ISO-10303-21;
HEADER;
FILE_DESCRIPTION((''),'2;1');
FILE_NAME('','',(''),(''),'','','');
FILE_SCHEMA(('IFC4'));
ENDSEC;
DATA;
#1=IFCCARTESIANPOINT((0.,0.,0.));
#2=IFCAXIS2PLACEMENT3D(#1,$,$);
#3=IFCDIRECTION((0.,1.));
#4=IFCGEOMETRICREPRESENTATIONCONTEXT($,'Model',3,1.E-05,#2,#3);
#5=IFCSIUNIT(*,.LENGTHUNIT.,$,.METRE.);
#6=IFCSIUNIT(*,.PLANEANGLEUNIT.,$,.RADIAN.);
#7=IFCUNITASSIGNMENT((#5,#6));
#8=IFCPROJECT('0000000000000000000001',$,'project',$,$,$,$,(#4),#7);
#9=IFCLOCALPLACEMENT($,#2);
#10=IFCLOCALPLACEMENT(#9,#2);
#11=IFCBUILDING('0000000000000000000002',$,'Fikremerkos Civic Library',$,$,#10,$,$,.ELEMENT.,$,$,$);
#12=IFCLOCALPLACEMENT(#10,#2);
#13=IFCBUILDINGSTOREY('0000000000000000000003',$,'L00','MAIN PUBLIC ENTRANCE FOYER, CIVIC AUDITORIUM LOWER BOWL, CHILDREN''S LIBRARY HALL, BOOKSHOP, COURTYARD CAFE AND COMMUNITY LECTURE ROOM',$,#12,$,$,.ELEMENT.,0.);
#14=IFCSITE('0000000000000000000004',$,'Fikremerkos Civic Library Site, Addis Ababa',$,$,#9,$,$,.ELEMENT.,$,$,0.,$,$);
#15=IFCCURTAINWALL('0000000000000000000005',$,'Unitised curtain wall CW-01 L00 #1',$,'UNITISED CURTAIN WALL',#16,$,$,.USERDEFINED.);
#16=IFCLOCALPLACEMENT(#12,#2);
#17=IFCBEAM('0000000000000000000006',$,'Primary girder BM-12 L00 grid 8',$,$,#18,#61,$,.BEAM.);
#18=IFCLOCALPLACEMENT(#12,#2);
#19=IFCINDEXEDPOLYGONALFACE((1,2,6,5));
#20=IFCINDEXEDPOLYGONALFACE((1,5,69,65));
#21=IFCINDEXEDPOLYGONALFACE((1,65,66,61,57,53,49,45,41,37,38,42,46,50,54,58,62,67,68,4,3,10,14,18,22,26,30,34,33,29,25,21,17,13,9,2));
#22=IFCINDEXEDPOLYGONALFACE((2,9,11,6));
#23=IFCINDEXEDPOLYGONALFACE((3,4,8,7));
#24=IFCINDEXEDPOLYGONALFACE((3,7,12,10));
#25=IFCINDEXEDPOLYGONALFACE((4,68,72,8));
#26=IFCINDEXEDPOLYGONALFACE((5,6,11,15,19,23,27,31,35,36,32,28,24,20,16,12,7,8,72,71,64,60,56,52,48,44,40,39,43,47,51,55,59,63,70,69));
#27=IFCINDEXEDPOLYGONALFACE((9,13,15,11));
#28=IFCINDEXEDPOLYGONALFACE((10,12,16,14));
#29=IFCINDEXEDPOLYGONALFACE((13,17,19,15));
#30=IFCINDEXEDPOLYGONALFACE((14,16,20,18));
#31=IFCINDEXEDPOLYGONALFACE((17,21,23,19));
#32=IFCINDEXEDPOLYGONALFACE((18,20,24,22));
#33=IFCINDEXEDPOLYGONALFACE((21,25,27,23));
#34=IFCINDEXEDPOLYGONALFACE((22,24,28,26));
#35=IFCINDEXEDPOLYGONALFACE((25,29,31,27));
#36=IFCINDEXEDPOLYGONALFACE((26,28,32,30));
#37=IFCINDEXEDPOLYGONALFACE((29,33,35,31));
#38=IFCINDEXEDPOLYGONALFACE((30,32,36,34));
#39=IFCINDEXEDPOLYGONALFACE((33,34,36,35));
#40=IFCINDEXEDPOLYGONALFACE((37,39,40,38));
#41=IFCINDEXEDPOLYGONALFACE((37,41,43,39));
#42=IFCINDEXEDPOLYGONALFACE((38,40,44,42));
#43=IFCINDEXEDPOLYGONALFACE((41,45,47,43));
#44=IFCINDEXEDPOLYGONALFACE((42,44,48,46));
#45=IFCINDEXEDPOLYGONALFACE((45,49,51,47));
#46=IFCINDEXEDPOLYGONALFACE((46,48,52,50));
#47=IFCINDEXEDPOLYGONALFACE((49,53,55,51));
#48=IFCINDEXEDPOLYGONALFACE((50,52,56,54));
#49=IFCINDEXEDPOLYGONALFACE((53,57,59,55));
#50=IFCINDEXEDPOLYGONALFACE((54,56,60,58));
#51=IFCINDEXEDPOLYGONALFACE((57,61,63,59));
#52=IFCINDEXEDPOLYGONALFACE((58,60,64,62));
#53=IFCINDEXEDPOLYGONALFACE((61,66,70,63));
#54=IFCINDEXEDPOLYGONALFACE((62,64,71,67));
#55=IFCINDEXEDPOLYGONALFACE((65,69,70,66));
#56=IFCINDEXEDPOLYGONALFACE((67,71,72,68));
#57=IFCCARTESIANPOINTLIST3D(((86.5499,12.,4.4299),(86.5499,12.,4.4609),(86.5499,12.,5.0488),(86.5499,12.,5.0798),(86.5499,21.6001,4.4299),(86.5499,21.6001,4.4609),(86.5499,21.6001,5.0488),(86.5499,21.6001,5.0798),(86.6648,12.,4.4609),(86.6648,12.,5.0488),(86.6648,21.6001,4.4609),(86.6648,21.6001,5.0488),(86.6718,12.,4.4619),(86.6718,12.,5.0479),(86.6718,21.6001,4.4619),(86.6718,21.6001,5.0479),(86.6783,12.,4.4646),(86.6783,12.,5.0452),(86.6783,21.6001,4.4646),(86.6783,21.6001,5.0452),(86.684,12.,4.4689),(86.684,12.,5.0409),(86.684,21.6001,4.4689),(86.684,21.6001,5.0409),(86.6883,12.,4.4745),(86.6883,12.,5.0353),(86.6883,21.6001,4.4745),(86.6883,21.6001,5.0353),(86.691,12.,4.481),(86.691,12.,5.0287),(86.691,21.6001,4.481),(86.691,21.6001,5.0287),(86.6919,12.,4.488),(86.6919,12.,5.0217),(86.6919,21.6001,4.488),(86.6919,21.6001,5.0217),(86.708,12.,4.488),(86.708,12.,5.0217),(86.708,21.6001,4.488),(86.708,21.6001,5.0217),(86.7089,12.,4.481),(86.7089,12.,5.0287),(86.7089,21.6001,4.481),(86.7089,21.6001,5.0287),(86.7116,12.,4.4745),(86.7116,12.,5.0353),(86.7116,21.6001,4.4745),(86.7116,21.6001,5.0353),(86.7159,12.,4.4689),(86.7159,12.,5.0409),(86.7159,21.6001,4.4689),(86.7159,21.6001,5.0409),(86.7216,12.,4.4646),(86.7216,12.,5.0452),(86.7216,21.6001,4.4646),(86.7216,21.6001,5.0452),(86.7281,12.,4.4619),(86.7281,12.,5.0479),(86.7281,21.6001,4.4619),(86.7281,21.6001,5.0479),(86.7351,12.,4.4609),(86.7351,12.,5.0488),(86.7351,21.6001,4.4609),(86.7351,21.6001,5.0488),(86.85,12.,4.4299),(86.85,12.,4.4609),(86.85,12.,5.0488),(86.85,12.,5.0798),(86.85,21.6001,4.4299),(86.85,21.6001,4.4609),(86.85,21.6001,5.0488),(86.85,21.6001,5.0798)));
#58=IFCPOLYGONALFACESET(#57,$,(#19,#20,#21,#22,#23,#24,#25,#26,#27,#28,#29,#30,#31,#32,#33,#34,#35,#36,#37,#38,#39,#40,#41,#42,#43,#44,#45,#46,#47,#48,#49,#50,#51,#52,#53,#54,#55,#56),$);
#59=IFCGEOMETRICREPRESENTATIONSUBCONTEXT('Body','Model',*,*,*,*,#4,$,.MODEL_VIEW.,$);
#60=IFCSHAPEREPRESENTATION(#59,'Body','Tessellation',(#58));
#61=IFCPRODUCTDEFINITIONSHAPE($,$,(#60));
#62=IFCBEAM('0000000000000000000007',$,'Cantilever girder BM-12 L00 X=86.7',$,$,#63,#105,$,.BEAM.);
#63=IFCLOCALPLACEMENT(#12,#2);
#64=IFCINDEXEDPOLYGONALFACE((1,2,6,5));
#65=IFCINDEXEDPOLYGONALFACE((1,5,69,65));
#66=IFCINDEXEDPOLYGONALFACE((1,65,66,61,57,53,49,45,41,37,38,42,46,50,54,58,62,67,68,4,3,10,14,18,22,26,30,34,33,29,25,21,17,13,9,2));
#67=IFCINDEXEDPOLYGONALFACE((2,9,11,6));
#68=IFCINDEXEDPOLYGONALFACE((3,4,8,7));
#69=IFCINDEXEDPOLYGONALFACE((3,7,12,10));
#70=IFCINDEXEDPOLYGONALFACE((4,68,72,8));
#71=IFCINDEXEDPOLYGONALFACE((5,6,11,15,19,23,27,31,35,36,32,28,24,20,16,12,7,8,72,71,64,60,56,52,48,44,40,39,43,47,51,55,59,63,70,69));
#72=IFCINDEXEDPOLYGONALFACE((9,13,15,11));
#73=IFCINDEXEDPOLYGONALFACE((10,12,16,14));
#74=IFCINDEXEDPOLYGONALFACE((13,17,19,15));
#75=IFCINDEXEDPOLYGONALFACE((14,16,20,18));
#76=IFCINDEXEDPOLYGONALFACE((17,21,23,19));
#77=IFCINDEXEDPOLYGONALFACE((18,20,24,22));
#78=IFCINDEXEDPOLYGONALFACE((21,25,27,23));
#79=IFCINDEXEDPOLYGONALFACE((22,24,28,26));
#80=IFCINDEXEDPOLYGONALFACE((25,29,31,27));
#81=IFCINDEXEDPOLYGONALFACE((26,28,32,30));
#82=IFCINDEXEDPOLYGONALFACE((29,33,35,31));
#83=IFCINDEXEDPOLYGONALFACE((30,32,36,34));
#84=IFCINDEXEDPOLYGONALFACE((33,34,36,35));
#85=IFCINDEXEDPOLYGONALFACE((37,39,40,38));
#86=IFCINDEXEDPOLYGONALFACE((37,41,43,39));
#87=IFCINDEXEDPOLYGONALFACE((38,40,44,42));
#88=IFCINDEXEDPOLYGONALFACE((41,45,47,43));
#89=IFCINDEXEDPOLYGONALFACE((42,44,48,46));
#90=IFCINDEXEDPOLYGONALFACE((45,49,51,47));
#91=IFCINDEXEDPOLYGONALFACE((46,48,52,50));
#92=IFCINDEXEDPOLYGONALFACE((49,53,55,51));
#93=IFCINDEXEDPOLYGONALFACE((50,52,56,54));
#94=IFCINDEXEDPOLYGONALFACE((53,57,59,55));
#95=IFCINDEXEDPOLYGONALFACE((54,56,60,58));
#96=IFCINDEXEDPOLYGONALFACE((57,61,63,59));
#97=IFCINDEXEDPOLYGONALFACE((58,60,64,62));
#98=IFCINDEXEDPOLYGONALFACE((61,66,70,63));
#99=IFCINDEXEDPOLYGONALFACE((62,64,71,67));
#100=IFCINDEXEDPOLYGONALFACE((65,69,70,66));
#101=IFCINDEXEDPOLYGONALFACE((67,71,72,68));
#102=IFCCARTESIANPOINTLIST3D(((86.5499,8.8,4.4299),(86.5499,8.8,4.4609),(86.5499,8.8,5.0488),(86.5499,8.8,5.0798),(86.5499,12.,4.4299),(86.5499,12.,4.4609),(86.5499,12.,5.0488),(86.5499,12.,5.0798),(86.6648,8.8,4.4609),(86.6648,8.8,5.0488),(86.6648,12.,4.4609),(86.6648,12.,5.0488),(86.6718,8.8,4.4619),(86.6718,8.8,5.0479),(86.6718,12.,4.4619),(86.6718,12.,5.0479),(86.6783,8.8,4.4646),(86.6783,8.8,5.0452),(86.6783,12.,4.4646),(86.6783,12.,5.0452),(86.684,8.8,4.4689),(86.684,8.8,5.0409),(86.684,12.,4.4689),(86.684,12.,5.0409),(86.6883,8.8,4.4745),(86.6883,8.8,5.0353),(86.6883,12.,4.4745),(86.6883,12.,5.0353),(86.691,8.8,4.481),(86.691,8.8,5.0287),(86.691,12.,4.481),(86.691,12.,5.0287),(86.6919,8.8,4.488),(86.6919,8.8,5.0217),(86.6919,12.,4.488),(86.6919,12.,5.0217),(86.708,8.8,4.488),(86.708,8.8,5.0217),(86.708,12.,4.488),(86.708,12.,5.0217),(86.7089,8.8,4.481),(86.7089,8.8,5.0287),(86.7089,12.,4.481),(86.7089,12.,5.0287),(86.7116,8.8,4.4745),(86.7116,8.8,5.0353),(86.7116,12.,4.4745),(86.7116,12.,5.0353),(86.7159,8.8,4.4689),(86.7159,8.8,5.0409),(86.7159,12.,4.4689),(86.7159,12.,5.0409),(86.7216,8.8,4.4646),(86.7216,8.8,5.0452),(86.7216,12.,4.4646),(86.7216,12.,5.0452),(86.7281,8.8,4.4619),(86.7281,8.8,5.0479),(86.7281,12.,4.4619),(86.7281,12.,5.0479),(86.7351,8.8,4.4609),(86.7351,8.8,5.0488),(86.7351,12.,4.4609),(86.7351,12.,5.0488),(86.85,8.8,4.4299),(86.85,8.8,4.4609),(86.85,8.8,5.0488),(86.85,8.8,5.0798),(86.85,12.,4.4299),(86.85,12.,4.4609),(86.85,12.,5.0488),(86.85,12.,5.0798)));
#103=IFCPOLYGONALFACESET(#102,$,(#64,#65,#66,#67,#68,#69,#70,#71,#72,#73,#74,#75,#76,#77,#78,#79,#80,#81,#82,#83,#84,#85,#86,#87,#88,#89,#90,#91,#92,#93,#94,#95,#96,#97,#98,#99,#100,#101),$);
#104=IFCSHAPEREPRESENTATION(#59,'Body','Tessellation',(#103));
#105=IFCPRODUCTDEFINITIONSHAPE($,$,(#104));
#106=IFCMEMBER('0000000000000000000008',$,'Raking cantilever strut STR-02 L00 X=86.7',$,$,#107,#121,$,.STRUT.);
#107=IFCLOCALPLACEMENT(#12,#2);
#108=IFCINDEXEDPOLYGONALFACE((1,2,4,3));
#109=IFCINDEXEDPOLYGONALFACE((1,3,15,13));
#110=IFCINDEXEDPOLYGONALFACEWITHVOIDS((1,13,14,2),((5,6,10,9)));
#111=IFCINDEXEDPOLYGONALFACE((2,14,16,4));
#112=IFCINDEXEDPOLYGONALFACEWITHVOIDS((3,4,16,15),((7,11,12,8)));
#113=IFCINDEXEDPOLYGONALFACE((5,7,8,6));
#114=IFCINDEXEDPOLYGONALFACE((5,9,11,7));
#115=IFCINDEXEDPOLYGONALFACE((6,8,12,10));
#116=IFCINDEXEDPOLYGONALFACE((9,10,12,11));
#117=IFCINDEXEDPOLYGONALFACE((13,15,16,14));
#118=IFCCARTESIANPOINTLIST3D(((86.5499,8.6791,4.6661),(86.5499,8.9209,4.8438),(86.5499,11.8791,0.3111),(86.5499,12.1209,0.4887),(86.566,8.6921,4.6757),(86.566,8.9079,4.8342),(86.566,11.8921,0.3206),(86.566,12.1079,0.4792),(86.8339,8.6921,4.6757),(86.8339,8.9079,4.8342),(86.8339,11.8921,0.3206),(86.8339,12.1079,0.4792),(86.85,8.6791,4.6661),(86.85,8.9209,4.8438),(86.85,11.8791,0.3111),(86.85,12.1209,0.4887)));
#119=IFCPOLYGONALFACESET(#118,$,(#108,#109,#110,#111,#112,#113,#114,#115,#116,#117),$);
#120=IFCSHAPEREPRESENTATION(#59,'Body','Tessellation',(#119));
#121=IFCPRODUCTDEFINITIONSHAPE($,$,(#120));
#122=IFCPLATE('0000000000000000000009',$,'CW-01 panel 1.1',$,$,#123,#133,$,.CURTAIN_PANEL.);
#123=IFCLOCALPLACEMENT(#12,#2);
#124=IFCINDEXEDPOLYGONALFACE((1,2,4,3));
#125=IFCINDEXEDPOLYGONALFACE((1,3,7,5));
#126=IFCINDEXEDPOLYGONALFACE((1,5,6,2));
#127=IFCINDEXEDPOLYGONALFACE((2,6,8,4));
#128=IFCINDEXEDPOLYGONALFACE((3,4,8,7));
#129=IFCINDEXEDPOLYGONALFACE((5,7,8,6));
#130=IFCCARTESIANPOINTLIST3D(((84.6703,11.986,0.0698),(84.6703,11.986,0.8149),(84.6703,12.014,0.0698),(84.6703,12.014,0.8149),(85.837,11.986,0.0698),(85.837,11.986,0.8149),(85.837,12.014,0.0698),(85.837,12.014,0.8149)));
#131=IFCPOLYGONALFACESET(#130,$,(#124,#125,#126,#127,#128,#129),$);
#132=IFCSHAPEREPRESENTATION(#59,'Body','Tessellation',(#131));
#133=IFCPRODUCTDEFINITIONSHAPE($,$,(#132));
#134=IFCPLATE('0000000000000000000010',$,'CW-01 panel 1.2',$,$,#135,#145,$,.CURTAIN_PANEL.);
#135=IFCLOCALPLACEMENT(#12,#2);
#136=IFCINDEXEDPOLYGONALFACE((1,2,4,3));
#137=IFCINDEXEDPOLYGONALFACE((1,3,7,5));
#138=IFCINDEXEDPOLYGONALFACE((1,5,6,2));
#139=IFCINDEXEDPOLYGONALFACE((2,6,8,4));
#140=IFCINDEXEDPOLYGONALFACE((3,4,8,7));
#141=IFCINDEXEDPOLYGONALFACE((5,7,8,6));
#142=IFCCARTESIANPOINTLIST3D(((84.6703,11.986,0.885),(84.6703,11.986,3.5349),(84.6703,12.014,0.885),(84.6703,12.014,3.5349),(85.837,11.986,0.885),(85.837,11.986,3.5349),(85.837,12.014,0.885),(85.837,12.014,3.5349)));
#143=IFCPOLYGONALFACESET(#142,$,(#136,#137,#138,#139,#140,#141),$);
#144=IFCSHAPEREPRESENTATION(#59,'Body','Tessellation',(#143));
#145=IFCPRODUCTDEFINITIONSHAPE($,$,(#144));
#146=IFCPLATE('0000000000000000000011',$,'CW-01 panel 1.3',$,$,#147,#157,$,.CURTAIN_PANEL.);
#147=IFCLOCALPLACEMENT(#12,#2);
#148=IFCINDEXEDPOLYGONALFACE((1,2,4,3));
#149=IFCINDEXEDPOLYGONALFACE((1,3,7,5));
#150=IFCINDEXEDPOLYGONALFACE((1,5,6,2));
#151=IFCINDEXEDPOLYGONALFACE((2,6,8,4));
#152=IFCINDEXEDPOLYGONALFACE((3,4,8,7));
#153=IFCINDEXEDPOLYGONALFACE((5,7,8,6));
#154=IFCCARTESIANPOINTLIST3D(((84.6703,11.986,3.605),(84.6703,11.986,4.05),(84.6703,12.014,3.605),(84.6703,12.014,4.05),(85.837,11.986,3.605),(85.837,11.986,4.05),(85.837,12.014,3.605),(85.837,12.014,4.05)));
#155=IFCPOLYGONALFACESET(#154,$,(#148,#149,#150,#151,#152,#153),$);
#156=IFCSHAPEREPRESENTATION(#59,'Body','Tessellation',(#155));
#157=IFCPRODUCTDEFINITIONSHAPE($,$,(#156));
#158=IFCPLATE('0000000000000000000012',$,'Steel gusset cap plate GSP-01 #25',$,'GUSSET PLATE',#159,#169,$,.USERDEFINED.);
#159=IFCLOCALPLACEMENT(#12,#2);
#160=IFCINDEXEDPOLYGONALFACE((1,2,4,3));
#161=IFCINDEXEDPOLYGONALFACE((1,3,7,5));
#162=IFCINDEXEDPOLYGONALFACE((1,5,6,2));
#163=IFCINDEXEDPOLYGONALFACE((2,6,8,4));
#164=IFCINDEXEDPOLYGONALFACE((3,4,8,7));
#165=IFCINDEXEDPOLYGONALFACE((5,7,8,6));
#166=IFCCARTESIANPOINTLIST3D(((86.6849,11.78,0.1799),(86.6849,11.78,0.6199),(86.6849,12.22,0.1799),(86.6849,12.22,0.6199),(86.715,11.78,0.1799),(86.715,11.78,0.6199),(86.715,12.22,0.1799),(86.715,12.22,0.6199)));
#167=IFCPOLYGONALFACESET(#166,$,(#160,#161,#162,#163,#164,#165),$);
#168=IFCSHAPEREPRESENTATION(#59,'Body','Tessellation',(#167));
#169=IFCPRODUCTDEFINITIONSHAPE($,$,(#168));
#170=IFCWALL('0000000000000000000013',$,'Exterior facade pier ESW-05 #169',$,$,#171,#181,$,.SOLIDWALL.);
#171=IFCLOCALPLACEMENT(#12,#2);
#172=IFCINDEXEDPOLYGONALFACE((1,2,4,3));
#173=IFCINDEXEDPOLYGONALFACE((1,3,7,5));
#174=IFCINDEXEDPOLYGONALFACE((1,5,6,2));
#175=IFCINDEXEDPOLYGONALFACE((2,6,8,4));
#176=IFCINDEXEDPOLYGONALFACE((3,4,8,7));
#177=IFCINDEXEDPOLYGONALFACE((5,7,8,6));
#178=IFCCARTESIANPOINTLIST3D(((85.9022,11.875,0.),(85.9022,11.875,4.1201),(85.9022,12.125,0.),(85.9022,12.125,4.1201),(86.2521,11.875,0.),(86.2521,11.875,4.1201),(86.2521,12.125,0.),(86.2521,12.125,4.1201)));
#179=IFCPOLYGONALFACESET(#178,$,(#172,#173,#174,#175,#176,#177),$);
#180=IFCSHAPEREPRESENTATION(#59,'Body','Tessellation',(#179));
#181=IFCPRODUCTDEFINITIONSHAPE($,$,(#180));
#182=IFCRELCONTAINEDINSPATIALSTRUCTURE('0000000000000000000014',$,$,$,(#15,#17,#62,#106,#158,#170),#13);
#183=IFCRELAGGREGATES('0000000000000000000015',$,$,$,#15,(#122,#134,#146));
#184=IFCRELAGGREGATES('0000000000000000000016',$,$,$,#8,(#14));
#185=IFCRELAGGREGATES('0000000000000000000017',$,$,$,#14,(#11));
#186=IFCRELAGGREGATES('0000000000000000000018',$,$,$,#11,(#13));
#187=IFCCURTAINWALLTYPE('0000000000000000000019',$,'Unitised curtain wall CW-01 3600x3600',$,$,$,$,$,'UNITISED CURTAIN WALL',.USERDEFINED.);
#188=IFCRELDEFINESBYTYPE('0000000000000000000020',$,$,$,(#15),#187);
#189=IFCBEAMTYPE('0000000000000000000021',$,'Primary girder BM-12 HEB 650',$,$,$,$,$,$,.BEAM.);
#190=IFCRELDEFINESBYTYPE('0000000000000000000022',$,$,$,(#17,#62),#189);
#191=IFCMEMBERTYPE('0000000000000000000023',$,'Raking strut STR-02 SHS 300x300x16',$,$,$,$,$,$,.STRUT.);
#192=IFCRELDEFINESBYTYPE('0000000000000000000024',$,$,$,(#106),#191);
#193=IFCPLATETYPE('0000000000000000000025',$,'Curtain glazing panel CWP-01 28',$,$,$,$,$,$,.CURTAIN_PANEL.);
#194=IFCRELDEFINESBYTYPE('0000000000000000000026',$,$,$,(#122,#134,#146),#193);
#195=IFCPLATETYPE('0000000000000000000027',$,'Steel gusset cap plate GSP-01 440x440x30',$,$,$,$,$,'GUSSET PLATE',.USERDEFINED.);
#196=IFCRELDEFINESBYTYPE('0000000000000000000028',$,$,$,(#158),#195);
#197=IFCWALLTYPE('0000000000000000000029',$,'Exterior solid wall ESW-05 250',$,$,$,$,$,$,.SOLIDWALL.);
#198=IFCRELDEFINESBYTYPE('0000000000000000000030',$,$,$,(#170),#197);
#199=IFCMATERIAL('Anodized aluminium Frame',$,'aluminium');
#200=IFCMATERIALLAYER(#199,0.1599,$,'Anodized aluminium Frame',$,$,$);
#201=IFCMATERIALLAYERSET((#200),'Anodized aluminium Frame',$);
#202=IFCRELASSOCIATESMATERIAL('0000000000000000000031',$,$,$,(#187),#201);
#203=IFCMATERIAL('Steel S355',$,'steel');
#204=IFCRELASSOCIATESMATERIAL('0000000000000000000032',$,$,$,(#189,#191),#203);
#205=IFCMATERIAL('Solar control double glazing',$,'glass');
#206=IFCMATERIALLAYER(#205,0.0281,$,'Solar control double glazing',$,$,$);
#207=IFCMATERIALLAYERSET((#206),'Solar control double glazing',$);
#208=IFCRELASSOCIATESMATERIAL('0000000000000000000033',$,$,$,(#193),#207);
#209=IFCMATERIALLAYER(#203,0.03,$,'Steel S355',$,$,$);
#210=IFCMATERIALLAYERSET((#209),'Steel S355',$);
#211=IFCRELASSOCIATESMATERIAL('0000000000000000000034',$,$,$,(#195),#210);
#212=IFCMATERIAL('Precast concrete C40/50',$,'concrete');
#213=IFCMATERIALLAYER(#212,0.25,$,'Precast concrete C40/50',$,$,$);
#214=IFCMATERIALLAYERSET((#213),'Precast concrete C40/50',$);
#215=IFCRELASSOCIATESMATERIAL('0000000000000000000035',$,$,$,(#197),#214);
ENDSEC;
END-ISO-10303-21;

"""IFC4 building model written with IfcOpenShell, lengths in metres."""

from ifc_helpers import new_model, si_unit, direction, frame, frame_2d, origin, origin_2d, place, context, subcontext, project, spatial, rectangle, hollow_rectangle, i_section, extrude, material, layer, layer_set, material_profile, profile_set, type_object, element, aggregate, save


model = new_model("IFC4")

# Units and contexts
model_context = context("Model", 3, precision=1e-05, world=origin(), true_north=direction((0.0, 1.0)))
body_context = subcontext(model_context, "Body", "Model", "MODEL_VIEW")
ifc_project = project(units=[si_unit("LENGTHUNIT", "METRE"), si_unit("PLANEANGLEUNIT", "RADIAN")], contexts=[model_context])

# Site, building, storey
site_placement = place(None, origin())
site = spatial("IfcSite", under=ifc_project, at=site_placement, Name="Fikremerkos Civic Library Site, Addis Ababa", CompositionType="ELEMENT", RefElevation=0.0)
building_placement = place(site_placement, origin())
building = spatial("IfcBuilding", under=site, at=building_placement, Name="Fikremerkos Civic Library", CompositionType="ELEMENT")
storey_placement = place(building_placement, origin())
storey = spatial("IfcBuildingStorey", under=building, at=storey_placement, Name="L00", Description="MAIN PUBLIC ENTRANCE FOYER, CIVIC AUDITORIUM LOWER BOWL, CHILDREN'S LIBRARY HALL, BOOKSHOP, COURTYARD CAFE AND COMMUNITY LECTURE ROOM", CompositionType="ELEMENT", Elevation=0.0)

# Curtain wall
ifc_material_1 = material(Name="Anodized aluminium Frame", Category="aluminium")
ifc_layer_1 = layer(ifc_material_1, 0.1599, Name="Anodized aluminium Frame")
ifc_layer_set_1 = layer_set([ifc_layer_1], Name="Anodized aluminium Frame")
curtain_wall_type = type_object("IfcCurtainWallType", Name="Unitised curtain wall CW-01 3600x3600", ElementType="UNITISED CURTAIN WALL", PredefinedType="USERDEFINED", material=ifc_layer_set_1)
curtain_wall_placement = place(storey_placement, origin())
curtain_wall = element("IfcCurtainWall", 1, at=curtain_wall_placement, inside=storey, type_object=curtain_wall_type, Name="Unitised curtain wall CW-01 L00 #1", ObjectType="UNITISED CURTAIN WALL", PredefinedType="USERDEFINED")

# Beams
ifc_material_2 = material(Name="Steel S355", Category="steel")
ifc_material_profile_1 = material_profile(ifc_material_2, i_section(OverallWidth=0.3, OverallDepth=0.6499, WebThickness=0.0161, FlangeThickness=0.031, FilletRadius=0.0271, at=origin_2d()), Name="HEB 650")
ifc_profile_set_1 = profile_set([ifc_material_profile_1], Name="Steel S355")
beam_type_1 = type_object("IfcBeamType", Name="Primary girder BM-12 HEB 650", PredefinedType="BEAM", material=ifc_profile_set_1)
beam_1_placement = place(storey_placement, frame((86.7, 12.0, 4.7549), z_axis=(0.0, 1.0, 0.0), x_axis=(-1.0, 0.0, 0.0)))
element("IfcBeam", 2, at=beam_1_placement, inside=storey, type_object=beam_type_1, Name="Primary girder BM-12 L00 grid 8", PredefinedType="BEAM", context=body_context, shape_type="SweptSolid", body=[
    extrude(i_section(OverallWidth=0.3, OverallDepth=0.6499, WebThickness=0.0161, FlangeThickness=0.031, FilletRadius=0.0271, at=origin_2d()), origin(), (0.0, 0.0, 1.0), 9.6001),
])
beam_2_placement = place(storey_placement, frame((86.7, 12.0, 4.7549), z_axis=(0.0, -1.0, 0.0), x_axis=(1.0, 0.0, 0.0)))
element("IfcBeam", 3, at=beam_2_placement, inside=storey, type_object=beam_type_1, Name="Cantilever girder BM-12 L00 X=86.7", PredefinedType="BEAM", context=body_context, shape_type="SweptSolid", body=[
    extrude(i_section(OverallWidth=0.3, OverallDepth=0.6499, WebThickness=0.0161, FlangeThickness=0.031, FilletRadius=0.0271, at=origin_2d()), origin(), (0.0, 0.0, 1.0), 3.2),
])

# Member
ifc_material_profile_2 = material_profile(ifc_material_2, hollow_rectangle(XDim=0.3, YDim=0.3, WallThickness=0.0161, at=origin_2d()), Name="SHS 300x300x16")
ifc_profile_set_2 = profile_set([ifc_material_profile_2], Name="Steel S355")
member_type_1 = type_object("IfcMemberType", Name="Raking strut STR-02 SHS 300x300x16", PredefinedType="STRUT", material=ifc_profile_set_2)
member_1_placement = place(storey_placement, frame((86.7, 12.0, 0.3999), z_axis=(0.0, -0.592121, 0.805849), x_axis=(1.0, 0.0, 0.0)))
element("IfcMember", 4, at=member_1_placement, inside=storey, type_object=member_type_1, Name="Raking cantilever strut STR-02 L00 X=86.7", PredefinedType="STRUT", context=body_context, shape_type="SweptSolid", body=[
    extrude(hollow_rectangle(XDim=0.3, YDim=0.3, WallThickness=0.0161, at=origin_2d()), origin(), (0.0, 0.0, 1.0), 5.4043),
])

# Plates
ifc_material_3 = material(Name="Solar control double glazing", Category="glass")
ifc_layer_2 = layer(ifc_material_3, 0.0281, Name="Solar control double glazing")
ifc_layer_set_2 = layer_set([ifc_layer_2], Name="Solar control double glazing")
plate_type_1 = type_object("IfcPlateType", Name="Curtain glazing panel CWP-01 28", PredefinedType="CURTAIN_PANEL", material=ifc_layer_set_2)
plate_1_placement = place(storey_placement, frame((85.2537, 12.0, 0.0698), z_axis=(0.0, 0.0, 1.0), x_axis=(-1.0, 0.0, 0.0)))
plate_1 = element("IfcPlate", 5, at=plate_1_placement, type_object=plate_type_1, Name="CW-01 panel 1.1", PredefinedType="CURTAIN_PANEL", context=body_context, shape_type="SweptSolid", body=[
    extrude(rectangle(XDim=1.1667, YDim=0.0281, at=origin_2d()), origin(), (0.0, 0.0, 1.0), 0.7451),
])
plate_2_placement = place(storey_placement, frame((85.2537, 12.0, 0.885), z_axis=(0.0, 0.0, 1.0), x_axis=(-1.0, 0.0, 0.0)))
plate_2 = element("IfcPlate", 6, at=plate_2_placement, type_object=plate_type_1, Name="CW-01 panel 1.2", PredefinedType="CURTAIN_PANEL", context=body_context, shape_type="SweptSolid", body=[
    extrude(rectangle(XDim=1.1667, YDim=0.0281, at=origin_2d()), origin(), (0.0, 0.0, 1.0), 2.6499),
])
plate_3_placement = place(storey_placement, frame((85.2537, 12.0, 3.605), z_axis=(0.0, 0.0, 1.0), x_axis=(-1.0, 0.0, 0.0)))
plate_3 = element("IfcPlate", 7, at=plate_3_placement, type_object=plate_type_1, Name="CW-01 panel 1.3", PredefinedType="CURTAIN_PANEL", context=body_context, shape_type="SweptSolid", body=[
    extrude(rectangle(XDim=1.1667, YDim=0.0281, at=origin_2d()), origin(), (0.0, 0.0, 1.0), 0.4451),
])
aggregate(curtain_wall, [plate_1, plate_2, plate_3])
ifc_layer_3 = layer(ifc_material_2, 0.03, Name="Steel S355")
ifc_layer_set_3 = layer_set([ifc_layer_3], Name="Steel S355")
plate_type_2 = type_object("IfcPlateType", Name="Steel gusset cap plate GSP-01 440x440x30", ElementType="GUSSET PLATE", PredefinedType="USERDEFINED", material=ifc_layer_set_3)
plate_4_placement = place(storey_placement, frame((86.7, 12.0, 0.1799), z_axis=(0.0, 0.0, 1.0), x_axis=(1.0, 0.0, 0.0)))
element("IfcPlate", 8, at=plate_4_placement, inside=storey, type_object=plate_type_2, Name="Steel gusset cap plate GSP-01 #25", ObjectType="GUSSET PLATE", PredefinedType="USERDEFINED", context=body_context, shape_type="SweptSolid", body=[
    extrude(rectangle(XDim=0.03, YDim=0.4399, at=origin_2d()), origin(), (0.0, 0.0, 1.0), 0.4399),
])

# Wall
ifc_material_4 = material(Name="Precast concrete C40/50", Category="concrete")
ifc_layer_4 = layer(ifc_material_4, 0.25, Name="Precast concrete C40/50")
ifc_layer_set_4 = layer_set([ifc_layer_4], Name="Precast concrete C40/50")
wall_type_1 = type_object("IfcWallType", Name="Exterior solid wall ESW-05 250", PredefinedType="SOLIDWALL", material=ifc_layer_set_4)
wall_1_placement = place(storey_placement, frame((86.252, 12.0, 0.0), z_axis=(0.0, 0.0, 1.0), x_axis=(-1.0, 0.0, 0.0)))
element("IfcWall", 9, at=wall_1_placement, inside=storey, type_object=wall_type_1, Name="Exterior facade pier ESW-05 #169", PredefinedType="SOLIDWALL", context=body_context, shape_type="SweptSolid", body=[
    extrude(rectangle(XDim=0.3499, YDim=0.25, at=frame_2d((0.1748, 0.0))), origin(), (0.0, 0.0, 1.0), 4.1201),
])

save(model, "model.ifc")
